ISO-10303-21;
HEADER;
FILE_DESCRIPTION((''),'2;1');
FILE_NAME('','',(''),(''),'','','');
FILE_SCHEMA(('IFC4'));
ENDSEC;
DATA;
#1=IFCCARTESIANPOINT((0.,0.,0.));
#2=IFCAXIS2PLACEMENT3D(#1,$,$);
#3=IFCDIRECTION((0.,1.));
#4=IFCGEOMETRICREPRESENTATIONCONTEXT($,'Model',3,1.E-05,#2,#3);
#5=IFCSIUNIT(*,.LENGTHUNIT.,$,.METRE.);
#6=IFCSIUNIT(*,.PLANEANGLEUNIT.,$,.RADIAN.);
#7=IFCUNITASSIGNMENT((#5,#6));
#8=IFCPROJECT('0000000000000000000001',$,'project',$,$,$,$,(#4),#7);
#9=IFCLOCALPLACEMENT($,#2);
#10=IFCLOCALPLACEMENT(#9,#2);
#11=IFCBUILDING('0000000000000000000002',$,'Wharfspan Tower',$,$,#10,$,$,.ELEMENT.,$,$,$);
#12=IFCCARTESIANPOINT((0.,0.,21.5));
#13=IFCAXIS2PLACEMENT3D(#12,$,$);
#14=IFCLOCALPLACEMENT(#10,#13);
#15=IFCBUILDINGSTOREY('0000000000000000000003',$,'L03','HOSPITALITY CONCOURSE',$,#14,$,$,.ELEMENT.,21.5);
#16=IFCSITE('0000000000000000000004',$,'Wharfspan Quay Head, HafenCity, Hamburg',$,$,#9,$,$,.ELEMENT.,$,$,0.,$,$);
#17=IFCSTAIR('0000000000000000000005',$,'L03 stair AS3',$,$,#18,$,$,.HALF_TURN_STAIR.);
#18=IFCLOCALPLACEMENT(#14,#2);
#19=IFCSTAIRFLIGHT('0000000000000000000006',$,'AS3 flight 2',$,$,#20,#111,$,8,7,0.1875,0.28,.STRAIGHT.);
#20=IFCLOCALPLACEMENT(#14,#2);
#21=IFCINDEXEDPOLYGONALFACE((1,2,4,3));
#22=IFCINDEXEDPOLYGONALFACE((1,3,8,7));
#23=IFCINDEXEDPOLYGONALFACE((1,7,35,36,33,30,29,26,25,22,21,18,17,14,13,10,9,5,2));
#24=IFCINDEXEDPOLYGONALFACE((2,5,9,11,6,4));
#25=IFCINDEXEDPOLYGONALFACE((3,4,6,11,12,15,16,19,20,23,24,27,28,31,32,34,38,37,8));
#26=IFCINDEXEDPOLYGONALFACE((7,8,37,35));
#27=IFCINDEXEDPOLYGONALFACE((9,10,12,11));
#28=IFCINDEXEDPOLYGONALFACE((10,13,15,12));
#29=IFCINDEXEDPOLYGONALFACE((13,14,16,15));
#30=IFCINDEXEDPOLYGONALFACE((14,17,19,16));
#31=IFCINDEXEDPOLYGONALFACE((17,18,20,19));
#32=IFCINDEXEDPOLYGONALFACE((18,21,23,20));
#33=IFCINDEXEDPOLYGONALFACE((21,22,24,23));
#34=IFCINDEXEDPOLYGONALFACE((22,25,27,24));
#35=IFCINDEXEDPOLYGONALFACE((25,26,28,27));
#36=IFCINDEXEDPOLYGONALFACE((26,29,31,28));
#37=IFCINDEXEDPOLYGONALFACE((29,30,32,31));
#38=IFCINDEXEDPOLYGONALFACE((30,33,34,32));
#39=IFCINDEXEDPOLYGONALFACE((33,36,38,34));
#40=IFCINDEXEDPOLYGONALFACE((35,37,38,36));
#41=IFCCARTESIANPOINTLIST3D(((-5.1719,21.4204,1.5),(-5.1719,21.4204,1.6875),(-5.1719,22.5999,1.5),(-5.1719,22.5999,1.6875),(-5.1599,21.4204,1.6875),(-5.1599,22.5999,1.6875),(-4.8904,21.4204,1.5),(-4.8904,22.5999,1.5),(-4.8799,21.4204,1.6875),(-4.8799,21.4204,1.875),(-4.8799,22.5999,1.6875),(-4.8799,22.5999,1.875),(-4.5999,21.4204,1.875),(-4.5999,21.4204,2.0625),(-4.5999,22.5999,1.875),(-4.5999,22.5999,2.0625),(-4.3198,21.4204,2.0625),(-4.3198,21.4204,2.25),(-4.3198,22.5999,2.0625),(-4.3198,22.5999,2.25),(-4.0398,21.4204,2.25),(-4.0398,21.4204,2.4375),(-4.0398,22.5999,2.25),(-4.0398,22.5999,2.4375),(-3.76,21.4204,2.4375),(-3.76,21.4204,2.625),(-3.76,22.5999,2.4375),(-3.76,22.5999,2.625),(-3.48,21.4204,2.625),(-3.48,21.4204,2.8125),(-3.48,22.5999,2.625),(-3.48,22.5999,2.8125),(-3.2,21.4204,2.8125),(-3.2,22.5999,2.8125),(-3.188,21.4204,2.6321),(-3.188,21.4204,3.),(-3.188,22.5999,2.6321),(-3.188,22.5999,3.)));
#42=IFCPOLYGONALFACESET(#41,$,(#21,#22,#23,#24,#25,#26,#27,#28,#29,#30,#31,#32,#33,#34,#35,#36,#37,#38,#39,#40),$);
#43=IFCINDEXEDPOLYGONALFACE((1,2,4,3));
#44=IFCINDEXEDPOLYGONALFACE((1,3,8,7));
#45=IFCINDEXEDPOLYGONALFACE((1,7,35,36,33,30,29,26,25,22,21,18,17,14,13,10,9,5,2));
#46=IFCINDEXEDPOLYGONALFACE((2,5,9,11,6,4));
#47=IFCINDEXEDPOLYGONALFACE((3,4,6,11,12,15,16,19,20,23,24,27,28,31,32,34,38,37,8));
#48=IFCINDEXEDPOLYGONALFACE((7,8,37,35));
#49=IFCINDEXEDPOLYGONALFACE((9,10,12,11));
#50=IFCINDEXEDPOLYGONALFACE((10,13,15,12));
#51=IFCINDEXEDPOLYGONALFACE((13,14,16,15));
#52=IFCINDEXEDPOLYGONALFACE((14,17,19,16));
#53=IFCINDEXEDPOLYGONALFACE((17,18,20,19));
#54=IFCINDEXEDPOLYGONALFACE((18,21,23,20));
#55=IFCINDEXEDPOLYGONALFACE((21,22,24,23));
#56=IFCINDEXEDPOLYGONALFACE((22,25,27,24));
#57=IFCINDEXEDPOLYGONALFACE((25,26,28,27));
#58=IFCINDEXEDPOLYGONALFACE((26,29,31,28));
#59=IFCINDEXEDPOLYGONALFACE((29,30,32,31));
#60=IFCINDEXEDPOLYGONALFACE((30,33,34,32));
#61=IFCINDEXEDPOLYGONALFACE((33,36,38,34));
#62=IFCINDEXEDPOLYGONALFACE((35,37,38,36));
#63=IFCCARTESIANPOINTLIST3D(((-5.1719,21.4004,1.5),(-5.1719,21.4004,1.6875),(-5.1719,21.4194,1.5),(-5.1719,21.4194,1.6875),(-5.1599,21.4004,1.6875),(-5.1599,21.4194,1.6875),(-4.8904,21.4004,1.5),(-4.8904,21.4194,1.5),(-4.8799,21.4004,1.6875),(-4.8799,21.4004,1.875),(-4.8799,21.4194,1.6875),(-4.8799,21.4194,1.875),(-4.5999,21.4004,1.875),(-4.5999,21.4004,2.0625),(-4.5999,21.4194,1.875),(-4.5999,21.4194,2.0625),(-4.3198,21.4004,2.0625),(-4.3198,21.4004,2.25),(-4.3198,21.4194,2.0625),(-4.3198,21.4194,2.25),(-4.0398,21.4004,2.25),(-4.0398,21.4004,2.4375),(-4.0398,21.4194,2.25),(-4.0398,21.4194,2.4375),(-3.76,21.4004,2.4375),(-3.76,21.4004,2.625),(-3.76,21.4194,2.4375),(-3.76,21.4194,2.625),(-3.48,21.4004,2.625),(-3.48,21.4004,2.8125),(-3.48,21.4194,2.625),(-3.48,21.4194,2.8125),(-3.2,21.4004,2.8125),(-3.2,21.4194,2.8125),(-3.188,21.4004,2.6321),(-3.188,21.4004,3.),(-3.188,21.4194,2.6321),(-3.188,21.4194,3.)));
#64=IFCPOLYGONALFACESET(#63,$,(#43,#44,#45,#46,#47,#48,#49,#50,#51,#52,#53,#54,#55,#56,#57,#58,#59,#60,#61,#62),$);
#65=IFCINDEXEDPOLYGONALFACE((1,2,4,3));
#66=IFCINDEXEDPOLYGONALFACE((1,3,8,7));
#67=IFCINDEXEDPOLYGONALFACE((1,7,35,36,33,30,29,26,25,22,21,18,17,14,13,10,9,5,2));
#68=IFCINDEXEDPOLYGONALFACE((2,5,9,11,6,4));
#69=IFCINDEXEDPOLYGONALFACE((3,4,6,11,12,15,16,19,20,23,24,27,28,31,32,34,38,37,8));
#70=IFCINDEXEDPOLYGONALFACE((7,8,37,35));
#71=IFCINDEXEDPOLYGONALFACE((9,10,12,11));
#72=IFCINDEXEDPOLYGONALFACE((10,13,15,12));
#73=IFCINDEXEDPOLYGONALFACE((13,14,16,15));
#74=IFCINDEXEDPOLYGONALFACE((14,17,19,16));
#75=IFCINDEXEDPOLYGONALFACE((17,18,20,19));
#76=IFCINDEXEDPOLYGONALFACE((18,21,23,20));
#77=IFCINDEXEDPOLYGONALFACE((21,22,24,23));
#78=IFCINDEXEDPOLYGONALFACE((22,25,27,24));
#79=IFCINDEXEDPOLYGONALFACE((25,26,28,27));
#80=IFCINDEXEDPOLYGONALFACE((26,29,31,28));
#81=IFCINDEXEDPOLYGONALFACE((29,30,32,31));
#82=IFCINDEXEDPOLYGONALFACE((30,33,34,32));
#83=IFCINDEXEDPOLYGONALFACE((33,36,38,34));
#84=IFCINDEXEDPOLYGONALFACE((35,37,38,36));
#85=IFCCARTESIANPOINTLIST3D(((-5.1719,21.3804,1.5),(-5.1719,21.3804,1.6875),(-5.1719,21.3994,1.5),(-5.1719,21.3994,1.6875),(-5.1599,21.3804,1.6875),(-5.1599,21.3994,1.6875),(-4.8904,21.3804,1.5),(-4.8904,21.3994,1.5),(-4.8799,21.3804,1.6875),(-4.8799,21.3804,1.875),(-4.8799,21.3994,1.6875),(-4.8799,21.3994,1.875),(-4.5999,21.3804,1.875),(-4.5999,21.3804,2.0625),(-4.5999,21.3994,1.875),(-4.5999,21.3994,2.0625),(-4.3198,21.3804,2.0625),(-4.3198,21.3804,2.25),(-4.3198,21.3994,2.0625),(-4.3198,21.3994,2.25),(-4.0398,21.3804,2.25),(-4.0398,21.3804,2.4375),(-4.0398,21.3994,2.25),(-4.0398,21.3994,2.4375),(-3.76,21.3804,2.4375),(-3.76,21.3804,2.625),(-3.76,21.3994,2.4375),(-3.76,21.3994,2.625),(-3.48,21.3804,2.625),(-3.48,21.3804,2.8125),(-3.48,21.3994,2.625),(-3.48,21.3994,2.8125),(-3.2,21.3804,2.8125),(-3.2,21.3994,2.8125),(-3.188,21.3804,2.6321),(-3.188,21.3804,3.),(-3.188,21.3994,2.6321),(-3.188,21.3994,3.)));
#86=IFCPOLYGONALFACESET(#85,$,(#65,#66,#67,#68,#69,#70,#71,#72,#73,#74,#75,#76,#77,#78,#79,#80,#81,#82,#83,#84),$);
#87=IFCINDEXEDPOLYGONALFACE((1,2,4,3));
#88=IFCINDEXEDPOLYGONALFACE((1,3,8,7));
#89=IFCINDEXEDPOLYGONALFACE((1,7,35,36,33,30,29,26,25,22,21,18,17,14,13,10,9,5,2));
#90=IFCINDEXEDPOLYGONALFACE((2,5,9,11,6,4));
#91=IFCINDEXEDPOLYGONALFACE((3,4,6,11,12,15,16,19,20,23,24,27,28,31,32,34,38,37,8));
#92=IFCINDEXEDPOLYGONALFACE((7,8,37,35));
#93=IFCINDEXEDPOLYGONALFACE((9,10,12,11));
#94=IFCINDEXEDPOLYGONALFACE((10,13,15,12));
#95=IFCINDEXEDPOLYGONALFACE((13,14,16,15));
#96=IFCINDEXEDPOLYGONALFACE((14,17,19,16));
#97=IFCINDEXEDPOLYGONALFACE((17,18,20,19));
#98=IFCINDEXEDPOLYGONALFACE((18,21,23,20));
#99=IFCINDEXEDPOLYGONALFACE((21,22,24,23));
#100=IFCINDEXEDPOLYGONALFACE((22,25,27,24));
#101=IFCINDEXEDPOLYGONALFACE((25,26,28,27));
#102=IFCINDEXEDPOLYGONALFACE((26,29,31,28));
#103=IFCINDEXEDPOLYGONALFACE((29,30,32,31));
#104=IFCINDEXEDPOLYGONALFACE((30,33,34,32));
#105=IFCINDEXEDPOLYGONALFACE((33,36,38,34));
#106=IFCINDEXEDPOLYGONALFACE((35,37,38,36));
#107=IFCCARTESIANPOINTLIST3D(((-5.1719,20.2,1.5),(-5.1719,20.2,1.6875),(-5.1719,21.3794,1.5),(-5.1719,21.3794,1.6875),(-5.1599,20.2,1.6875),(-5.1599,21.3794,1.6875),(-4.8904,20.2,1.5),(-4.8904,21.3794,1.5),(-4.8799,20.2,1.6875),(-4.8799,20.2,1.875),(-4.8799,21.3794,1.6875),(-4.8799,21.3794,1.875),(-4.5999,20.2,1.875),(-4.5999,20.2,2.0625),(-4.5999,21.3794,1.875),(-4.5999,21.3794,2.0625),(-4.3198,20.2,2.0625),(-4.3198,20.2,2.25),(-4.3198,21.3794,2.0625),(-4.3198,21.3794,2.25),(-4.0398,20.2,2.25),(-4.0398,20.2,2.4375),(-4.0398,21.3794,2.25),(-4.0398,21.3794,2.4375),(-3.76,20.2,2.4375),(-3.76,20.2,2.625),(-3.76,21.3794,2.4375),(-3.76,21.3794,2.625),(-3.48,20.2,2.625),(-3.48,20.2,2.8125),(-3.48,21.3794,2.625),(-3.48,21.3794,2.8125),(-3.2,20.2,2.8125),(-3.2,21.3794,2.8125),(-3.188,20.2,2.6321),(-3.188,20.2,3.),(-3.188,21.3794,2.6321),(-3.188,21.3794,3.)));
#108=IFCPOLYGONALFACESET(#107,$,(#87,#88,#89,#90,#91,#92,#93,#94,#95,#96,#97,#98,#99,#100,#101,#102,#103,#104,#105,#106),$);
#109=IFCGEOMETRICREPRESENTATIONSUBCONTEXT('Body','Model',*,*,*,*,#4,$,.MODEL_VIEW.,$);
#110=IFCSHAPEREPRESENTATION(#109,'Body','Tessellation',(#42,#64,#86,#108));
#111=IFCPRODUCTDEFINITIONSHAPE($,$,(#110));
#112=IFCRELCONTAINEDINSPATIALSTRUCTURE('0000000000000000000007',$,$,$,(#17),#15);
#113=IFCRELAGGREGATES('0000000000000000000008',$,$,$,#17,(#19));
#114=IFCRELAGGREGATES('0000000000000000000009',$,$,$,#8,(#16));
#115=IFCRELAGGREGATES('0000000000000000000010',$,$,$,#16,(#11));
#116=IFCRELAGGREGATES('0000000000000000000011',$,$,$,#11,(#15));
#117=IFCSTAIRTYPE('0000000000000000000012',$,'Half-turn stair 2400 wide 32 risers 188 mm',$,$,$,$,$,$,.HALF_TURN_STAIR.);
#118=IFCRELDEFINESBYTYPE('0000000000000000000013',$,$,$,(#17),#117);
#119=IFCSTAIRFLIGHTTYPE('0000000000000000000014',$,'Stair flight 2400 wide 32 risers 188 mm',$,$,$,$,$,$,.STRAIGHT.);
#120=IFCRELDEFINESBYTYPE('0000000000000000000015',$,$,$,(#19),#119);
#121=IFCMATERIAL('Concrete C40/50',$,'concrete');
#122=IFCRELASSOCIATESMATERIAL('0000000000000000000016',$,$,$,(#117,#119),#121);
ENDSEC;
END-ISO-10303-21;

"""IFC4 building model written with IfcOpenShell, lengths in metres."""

from ifc_helpers import new_model, si_unit, direction, frame, origin, place, context, subcontext, project, spatial, polyline, outline, extrude, material, type_object, element, aggregate, save


model = new_model("IFC4")

# Units and contexts
model_context = context("Model", 3, precision=1e-05, world=origin(), true_north=direction((0.0, 1.0)))
body_context = subcontext(model_context, "Body", "Model", "MODEL_VIEW")
ifc_project = project(units=[si_unit("LENGTHUNIT", "METRE"), si_unit("PLANEANGLEUNIT", "RADIAN")], contexts=[model_context])

# Site, building, storey
site_placement = place(None, origin())
site = spatial("IfcSite", under=ifc_project, at=site_placement, Name="Wharfspan Quay Head, HafenCity, Hamburg", CompositionType="ELEMENT", RefElevation=0.0)
building_placement = place(site_placement, origin())
building = spatial("IfcBuilding", under=site, at=building_placement, Name="Wharfspan Tower", CompositionType="ELEMENT")
storey_placement = place(building_placement, frame((0.0, 0.0, 21.5)))
storey = spatial("IfcBuildingStorey", under=building, at=storey_placement, Name="L03", Description="HOSPITALITY CONCOURSE", CompositionType="ELEMENT", Elevation=21.5)

# Stair, stair flight
ifc_material_1 = material(Name="Concrete C40/50", Category="concrete")
stair_type = type_object("IfcStairType", Name="Half-turn stair 2400 wide 32 risers 188 mm", PredefinedType="HALF_TURN_STAIR", material=ifc_material_1)
stair_1_placement = place(storey_placement, origin())
stair_1 = element("IfcStair", 1, at=stair_1_placement, inside=storey, type_object=stair_type, Name="L03 stair AS3", PredefinedType="HALF_TURN_STAIR")
stair_flight_type = type_object("IfcStairFlightType", Name="Stair flight 2400 wide 32 risers 188 mm", PredefinedType="STRAIGHT", material=ifc_material_1)
stair_flight_1_placement = place(storey_placement, frame((-5.1599, 21.3999, 1.5), z_axis=(0.0, 0.0, 1.0), x_axis=(1.0, 0.0, 0.0)))
stair_flight_1 = element("IfcStairFlight", 2, at=stair_flight_1_placement, type_object=stair_flight_type, Name="AS3 flight 2", NumberOfRisers=8, NumberOfTreads=7, PredefinedType="STRAIGHT", RiserHeight=0.1875, TreadLength=0.28, context=body_context, shape_type="SweptSolid", body=[
    extrude(outline(polyline([(-0.012, 0.0), (-0.012, 0.1875), (0.0, 0.1875), (0.28, 0.1875), (0.28, 0.375), (0.5601, 0.375), (0.5601, 0.5625), (0.8401, 0.5625), (0.8401, 0.75), (1.1201, 0.75), (1.1201, 0.9375), (1.3999, 0.9375), (1.3999, 1.125), (1.6799, 1.125), (1.6799, 1.3125), (1.96, 1.3125), (1.9719, 1.5), (1.9719, 1.1321), (0.2695, 0.0), (-0.012, 0.0)])), frame((0.0, 1.2, 0.0), z_axis=(0.0, -1.0, 0.0), x_axis=(1.0, 0.0, 0.0)), (0.0, 0.0, 1.0), 1.1794),
    extrude(outline(polyline([(-0.012, 0.0), (-0.012, 0.1875), (0.0, 0.1875), (0.28, 0.1875), (0.28, 0.375), (0.5601, 0.375), (0.5601, 0.5625), (0.8401, 0.5625), (0.8401, 0.75), (1.1201, 0.75), (1.1201, 0.9375), (1.3999, 0.9375), (1.3999, 1.125), (1.6799, 1.125), (1.6799, 1.3125), (1.96, 1.3125), (1.9719, 1.5), (1.9719, 1.1321), (0.2695, 0.0), (-0.012, 0.0)])), frame((0.0, 0.0195, 0.0), z_axis=(0.0, -1.0, 0.0), x_axis=(1.0, 0.0, 0.0)), (0.0, 0.0, 1.0), 0.019),
    extrude(outline(polyline([(-0.012, 0.0), (-0.012, 0.1875), (0.0, 0.1875), (0.28, 0.1875), (0.28, 0.375), (0.5601, 0.375), (0.5601, 0.5625), (0.8401, 0.5625), (0.8401, 0.75), (1.1201, 0.75), (1.1201, 0.9375), (1.3999, 0.9375), (1.3999, 1.125), (1.6799, 1.125), (1.6799, 1.3125), (1.96, 1.3125), (1.9719, 1.5), (1.9719, 1.1321), (0.2695, 0.0), (-0.012, 0.0)])), frame((0.0, -0.0005, 0.0), z_axis=(0.0, -1.0, 0.0), x_axis=(1.0, 0.0, 0.0)), (0.0, 0.0, 1.0), 0.019),
    extrude(outline(polyline([(-0.012, 0.0), (-0.012, 0.1875), (0.0, 0.1875), (0.28, 0.1875), (0.28, 0.375), (0.5601, 0.375), (0.5601, 0.5625), (0.8401, 0.5625), (0.8401, 0.75), (1.1201, 0.75), (1.1201, 0.9375), (1.3999, 0.9375), (1.3999, 1.125), (1.6799, 1.125), (1.6799, 1.3125), (1.96, 1.3125), (1.9719, 1.5), (1.9719, 1.1321), (0.2695, 0.0), (-0.012, 0.0)])), frame((0.0, -0.0205, 0.0), z_axis=(0.0, -1.0, 0.0), x_axis=(1.0, 0.0, 0.0)), (0.0, 0.0, 1.0), 1.1794),
])
aggregate(stair_1, [stair_flight_1])

save(model, "model.ifc")
